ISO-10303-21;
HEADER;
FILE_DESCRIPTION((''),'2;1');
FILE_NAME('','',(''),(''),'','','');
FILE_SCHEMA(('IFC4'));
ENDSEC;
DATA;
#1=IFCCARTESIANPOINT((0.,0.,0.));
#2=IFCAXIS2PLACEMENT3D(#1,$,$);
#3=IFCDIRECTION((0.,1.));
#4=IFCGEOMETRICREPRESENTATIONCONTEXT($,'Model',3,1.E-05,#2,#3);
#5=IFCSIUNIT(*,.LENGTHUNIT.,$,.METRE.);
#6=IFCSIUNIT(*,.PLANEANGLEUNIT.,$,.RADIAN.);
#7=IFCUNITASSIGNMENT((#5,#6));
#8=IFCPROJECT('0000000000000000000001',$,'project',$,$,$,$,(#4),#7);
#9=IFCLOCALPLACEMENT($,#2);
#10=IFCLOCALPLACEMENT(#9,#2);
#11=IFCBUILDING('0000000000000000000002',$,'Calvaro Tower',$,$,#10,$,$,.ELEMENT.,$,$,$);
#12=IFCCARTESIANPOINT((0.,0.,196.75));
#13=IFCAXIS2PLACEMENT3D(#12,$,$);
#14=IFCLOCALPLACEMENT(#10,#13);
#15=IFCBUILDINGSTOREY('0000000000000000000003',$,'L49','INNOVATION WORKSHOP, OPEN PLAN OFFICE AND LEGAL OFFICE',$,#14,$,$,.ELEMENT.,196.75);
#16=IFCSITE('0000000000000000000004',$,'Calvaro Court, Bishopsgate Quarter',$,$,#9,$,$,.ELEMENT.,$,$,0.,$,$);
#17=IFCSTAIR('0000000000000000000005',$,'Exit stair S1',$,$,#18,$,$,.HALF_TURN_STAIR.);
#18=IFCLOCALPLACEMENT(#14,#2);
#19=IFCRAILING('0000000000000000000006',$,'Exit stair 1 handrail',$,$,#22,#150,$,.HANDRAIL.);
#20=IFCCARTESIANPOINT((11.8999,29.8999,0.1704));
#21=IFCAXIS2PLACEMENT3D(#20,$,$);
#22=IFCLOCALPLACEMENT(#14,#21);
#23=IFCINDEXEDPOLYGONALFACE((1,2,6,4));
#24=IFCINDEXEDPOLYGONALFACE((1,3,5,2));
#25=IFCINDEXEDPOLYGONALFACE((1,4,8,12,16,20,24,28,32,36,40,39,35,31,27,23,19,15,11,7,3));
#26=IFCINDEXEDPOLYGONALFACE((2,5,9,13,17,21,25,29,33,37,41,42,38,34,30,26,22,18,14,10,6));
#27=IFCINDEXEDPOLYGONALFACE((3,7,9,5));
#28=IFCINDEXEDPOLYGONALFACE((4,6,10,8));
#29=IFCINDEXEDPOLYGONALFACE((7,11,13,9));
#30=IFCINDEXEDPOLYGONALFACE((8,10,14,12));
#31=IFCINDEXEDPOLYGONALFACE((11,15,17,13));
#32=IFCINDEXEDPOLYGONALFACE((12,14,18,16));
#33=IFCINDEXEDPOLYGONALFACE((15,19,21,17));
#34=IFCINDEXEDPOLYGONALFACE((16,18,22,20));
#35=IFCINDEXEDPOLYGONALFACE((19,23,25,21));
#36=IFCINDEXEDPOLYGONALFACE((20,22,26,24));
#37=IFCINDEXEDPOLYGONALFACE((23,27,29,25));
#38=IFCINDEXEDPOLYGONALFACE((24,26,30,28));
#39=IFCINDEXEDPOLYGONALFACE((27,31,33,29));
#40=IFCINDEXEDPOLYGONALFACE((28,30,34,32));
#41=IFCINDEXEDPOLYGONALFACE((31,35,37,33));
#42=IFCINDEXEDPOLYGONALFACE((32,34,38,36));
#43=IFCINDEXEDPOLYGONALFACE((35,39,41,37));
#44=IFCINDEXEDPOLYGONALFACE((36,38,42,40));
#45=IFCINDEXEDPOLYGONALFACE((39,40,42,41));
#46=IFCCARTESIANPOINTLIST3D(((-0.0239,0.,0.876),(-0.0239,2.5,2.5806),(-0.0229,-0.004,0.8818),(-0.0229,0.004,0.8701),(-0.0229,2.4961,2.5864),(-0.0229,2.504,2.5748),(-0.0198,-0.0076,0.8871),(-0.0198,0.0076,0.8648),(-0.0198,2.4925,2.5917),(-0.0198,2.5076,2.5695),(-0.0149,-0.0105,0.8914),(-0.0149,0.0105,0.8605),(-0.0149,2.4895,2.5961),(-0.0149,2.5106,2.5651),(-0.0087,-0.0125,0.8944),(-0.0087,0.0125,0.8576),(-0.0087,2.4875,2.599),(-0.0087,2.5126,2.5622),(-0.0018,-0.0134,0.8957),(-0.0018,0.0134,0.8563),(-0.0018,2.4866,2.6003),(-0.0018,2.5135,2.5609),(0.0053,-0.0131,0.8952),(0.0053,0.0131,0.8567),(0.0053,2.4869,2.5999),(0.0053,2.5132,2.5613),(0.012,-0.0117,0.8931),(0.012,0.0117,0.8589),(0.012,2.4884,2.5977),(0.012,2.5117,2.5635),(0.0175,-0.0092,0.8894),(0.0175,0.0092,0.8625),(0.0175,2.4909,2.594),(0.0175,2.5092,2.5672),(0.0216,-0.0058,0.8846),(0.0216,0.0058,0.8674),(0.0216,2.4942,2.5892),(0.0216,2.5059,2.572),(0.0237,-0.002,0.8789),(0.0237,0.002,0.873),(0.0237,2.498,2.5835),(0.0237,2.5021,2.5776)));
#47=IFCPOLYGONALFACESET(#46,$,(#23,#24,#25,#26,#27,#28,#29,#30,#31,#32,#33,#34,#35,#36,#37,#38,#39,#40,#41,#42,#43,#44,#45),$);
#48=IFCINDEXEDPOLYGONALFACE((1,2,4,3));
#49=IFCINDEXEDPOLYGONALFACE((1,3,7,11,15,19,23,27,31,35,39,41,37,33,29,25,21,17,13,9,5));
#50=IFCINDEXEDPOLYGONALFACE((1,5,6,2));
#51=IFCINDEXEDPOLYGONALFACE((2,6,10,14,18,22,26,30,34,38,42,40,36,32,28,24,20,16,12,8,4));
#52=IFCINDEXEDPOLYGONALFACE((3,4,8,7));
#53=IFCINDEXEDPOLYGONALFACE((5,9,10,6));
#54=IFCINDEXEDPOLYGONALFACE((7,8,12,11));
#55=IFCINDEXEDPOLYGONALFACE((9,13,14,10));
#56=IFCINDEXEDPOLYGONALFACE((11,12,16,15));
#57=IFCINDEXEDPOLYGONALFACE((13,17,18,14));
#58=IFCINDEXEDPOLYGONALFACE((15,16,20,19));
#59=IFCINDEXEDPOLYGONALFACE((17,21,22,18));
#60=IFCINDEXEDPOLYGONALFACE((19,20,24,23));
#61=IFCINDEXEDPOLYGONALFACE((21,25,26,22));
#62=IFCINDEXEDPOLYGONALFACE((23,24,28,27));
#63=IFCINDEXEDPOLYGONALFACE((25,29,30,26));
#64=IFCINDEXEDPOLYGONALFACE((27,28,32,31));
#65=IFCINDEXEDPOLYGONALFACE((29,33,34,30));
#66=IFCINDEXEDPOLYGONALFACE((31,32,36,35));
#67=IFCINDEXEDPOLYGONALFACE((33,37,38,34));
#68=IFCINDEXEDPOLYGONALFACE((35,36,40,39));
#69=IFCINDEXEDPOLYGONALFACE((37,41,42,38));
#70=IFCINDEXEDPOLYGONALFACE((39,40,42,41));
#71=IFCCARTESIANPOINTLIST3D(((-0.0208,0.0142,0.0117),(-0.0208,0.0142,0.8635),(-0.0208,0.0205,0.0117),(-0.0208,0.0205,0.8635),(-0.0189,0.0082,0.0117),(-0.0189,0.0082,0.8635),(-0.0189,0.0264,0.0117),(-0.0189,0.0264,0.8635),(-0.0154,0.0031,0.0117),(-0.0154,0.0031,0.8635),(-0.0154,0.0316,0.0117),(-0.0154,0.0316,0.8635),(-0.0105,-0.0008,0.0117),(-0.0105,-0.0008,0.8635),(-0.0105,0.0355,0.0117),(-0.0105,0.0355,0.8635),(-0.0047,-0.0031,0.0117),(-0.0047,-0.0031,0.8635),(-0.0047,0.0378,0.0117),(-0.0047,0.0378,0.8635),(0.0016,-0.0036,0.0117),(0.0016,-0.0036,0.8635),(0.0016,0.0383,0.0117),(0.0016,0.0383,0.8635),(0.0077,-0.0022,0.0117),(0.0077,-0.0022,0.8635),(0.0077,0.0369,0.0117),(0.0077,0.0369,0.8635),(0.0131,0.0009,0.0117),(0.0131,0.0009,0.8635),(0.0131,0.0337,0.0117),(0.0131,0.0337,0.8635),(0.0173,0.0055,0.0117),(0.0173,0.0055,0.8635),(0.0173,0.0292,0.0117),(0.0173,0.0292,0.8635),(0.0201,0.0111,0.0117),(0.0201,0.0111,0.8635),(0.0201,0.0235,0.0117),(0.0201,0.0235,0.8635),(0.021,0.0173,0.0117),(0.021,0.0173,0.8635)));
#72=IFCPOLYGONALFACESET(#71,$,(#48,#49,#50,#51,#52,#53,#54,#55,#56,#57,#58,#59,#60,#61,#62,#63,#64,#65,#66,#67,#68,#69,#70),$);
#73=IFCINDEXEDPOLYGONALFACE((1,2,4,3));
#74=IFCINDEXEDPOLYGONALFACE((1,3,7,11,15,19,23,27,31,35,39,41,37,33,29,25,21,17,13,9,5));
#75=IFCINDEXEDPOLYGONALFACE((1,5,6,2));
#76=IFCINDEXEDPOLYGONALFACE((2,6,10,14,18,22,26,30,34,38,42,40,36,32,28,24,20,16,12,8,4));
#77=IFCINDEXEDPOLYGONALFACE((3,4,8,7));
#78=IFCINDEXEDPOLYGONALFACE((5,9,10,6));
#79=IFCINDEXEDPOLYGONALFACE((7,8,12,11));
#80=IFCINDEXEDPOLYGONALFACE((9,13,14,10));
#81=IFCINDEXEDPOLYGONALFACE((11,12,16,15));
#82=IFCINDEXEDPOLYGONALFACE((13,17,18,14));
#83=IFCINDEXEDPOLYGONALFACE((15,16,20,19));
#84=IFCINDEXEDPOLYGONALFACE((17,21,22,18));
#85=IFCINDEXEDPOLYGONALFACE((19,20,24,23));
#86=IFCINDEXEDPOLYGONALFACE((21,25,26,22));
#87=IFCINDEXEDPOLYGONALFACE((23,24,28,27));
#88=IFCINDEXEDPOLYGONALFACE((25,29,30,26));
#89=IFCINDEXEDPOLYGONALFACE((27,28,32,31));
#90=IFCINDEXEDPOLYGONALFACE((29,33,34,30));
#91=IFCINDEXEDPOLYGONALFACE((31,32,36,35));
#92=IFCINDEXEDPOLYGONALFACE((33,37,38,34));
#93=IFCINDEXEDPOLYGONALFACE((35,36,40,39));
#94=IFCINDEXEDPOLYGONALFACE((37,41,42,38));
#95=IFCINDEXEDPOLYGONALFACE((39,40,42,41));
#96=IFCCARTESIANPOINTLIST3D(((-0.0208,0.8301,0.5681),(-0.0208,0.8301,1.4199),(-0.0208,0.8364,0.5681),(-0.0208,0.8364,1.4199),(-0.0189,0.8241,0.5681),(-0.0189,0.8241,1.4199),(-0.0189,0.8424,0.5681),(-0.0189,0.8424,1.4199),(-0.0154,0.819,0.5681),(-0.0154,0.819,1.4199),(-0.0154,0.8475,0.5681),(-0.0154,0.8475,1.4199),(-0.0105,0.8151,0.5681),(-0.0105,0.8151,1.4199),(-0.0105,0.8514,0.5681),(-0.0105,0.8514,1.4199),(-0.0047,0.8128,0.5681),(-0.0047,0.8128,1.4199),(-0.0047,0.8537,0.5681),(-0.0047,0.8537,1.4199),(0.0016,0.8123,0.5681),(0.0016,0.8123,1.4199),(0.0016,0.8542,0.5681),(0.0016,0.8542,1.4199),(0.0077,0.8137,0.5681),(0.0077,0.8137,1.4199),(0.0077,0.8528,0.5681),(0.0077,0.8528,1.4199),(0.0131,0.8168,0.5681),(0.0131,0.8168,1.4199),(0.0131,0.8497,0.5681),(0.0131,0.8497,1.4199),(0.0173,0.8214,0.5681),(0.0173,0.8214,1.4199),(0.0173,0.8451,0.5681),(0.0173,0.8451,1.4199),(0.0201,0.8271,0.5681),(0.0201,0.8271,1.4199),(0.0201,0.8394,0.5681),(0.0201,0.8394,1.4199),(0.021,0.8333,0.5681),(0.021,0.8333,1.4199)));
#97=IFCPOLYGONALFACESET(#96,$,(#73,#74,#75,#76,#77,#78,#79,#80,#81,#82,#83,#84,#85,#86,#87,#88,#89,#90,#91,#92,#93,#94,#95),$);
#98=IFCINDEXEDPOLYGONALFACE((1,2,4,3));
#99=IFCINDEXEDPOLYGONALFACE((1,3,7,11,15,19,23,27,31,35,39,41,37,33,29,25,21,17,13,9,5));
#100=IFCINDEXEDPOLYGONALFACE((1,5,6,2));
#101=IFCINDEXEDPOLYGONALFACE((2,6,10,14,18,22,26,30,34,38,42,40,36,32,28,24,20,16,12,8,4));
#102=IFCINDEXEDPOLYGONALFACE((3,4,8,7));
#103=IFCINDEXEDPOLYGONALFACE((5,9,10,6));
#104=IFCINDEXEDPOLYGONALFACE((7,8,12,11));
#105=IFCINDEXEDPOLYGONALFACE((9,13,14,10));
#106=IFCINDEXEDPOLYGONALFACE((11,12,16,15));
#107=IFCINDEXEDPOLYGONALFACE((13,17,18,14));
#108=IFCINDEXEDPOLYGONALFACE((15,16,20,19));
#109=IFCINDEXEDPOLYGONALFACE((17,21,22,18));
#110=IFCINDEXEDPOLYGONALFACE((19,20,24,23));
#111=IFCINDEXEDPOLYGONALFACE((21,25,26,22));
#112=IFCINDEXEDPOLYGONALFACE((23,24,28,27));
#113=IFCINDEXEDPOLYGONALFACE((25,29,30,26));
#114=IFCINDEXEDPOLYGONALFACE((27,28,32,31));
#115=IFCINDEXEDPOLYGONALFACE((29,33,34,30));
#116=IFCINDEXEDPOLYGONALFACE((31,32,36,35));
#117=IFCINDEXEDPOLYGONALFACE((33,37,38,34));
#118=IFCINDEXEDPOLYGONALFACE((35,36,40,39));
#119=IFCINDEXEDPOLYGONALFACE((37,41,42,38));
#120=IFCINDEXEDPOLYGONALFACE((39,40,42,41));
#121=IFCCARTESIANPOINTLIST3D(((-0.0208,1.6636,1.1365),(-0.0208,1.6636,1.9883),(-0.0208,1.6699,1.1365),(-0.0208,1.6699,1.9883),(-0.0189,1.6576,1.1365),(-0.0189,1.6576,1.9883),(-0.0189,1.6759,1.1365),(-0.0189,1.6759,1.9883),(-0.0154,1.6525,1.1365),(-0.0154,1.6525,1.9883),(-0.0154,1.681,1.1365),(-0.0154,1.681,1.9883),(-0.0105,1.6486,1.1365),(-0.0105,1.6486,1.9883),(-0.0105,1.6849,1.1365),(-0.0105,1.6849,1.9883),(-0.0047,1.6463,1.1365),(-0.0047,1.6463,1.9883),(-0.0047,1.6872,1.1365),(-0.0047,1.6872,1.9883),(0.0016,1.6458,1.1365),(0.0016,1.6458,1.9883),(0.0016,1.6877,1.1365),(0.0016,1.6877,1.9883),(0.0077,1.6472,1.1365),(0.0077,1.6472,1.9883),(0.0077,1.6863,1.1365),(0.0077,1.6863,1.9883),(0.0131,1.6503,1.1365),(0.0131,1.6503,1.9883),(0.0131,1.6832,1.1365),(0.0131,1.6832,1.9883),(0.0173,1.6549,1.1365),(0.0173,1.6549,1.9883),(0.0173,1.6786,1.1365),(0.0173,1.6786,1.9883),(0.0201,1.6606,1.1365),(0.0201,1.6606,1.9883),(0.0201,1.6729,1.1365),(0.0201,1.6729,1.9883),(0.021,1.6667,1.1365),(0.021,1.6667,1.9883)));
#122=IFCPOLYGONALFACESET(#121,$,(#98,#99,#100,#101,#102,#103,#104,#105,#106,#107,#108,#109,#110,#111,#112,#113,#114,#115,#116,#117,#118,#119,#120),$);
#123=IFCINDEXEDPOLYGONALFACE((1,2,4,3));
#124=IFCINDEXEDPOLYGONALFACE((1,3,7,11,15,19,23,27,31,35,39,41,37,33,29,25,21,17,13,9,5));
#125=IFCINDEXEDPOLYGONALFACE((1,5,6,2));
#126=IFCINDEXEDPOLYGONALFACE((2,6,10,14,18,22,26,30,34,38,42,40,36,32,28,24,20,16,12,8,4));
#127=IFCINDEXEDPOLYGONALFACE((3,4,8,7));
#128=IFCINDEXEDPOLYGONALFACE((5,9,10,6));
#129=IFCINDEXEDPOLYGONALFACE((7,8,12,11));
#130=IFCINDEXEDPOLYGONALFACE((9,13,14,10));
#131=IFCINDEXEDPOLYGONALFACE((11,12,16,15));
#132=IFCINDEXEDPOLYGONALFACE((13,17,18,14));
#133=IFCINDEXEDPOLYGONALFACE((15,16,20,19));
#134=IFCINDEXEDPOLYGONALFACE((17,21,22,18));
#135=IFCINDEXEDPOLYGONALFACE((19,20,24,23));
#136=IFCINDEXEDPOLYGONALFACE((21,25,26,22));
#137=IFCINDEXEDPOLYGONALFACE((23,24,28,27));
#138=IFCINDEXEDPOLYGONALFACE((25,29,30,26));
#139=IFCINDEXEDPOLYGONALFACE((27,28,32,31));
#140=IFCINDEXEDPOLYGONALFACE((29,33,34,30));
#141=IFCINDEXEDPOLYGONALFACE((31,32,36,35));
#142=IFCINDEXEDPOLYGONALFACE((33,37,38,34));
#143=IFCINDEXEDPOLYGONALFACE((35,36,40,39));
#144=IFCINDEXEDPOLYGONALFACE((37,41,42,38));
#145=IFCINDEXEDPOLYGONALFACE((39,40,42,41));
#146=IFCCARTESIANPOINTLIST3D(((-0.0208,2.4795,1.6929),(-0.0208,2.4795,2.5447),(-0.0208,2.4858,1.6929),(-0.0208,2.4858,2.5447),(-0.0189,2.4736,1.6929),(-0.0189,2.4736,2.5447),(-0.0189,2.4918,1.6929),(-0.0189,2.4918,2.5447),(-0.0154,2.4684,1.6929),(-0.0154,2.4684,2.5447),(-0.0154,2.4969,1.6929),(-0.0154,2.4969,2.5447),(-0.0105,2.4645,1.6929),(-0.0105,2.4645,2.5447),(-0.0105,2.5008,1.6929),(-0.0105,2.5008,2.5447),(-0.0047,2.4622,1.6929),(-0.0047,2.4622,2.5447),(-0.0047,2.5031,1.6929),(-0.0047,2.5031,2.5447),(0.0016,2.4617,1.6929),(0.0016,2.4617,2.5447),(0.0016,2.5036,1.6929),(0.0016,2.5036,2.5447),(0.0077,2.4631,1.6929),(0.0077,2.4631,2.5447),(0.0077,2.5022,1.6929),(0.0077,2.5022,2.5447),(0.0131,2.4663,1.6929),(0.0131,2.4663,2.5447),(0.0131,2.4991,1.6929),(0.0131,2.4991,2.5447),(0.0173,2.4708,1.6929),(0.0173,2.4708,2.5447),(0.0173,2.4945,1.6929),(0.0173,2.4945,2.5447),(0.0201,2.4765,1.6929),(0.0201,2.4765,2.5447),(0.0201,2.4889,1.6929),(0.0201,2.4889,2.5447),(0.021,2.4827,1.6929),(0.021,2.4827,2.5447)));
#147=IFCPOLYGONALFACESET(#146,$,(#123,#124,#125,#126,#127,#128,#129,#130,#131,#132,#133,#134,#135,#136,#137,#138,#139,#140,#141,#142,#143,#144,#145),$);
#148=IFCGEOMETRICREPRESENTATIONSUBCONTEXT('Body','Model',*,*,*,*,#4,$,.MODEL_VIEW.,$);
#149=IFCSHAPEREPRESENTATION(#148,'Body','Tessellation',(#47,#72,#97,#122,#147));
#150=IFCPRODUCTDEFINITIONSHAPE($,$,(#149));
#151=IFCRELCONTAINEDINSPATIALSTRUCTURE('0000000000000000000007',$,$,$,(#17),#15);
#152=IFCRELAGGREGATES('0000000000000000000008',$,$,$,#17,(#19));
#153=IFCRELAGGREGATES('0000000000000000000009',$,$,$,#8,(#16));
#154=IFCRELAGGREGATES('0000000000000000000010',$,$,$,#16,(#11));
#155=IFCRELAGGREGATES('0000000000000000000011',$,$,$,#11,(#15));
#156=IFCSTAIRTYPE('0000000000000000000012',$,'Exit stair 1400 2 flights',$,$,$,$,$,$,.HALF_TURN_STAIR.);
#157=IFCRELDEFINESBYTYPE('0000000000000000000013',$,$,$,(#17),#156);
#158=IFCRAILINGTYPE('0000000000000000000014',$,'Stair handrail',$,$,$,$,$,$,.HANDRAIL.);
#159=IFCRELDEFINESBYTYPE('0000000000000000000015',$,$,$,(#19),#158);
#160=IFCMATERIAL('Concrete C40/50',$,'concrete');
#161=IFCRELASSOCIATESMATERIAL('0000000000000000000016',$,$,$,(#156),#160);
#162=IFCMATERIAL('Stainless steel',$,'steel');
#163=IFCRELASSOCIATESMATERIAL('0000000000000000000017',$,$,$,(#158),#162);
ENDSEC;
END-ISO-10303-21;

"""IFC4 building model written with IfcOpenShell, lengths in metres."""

from ifc_helpers import new_model, si_unit, direction, frame, origin, origin_2d, place, context, subcontext, project, spatial, circle, extrude, material, type_object, element, aggregate, save


model = new_model("IFC4")

# Units and contexts
model_context = context("Model", 3, precision=1e-05, world=origin(), true_north=direction((0.0, 1.0)))
body_context = subcontext(model_context, "Body", "Model", "MODEL_VIEW")
ifc_project = project(units=[si_unit("LENGTHUNIT", "METRE"), si_unit("PLANEANGLEUNIT", "RADIAN")], contexts=[model_context])

# Site, building, storey
site_placement = place(None, origin())
site = spatial("IfcSite", under=ifc_project, at=site_placement, Name="Calvaro Court, Bishopsgate Quarter", CompositionType="ELEMENT", RefElevation=0.0)
building_placement = place(site_placement, origin())
building = spatial("IfcBuilding", under=site, at=building_placement, Name="Calvaro Tower", CompositionType="ELEMENT")
storey_placement = place(building_placement, frame((0.0, 0.0, 196.75)))
storey = spatial("IfcBuildingStorey", under=building, at=storey_placement, Name="L49", Description="INNOVATION WORKSHOP, OPEN PLAN OFFICE AND LEGAL OFFICE", CompositionType="ELEMENT", Elevation=196.75)

# Stair, railing
ifc_material_1 = material(Name="Concrete C40/50", Category="concrete")
stair_type = type_object("IfcStairType", Name="Exit stair 1400 2 flights", PredefinedType="HALF_TURN_STAIR", material=ifc_material_1)
stair_placement = place(storey_placement, origin())
stair = element("IfcStair", 1, at=stair_placement, inside=storey, type_object=stair_type, Name="Exit stair S1", PredefinedType="HALF_TURN_STAIR")
ifc_material_2 = material(Name="Stainless steel", Category="steel")
railing_type = type_object("IfcRailingType", Name="Stair handrail", PredefinedType="HANDRAIL", material=ifc_material_2)
railing_1_placement = place(storey_placement, frame((11.8999, 29.8999, 0.1704)))
railing_1 = element("IfcRailing", 2, at=railing_1_placement, type_object=railing_type, Name="Exit stair 1 handrail", PredefinedType="HANDRAIL", context=body_context, shape_type="SweptSolid", body=[
    extrude(circle(Radius=0.0239, at=origin_2d()), frame((0.0, 0.0, 0.876), z_axis=(0.0, 0.826221, 0.563347), x_axis=(-1.0, 0.0, 0.0)), (0.0, 0.0, 1.0), 3.0259),
    extrude(circle(Radius=0.021, at=origin_2d()), frame((0.0, 0.0173, 0.0117)), (0.0, 0.0, 1.0), 0.8518),
    extrude(circle(Radius=0.021, at=origin_2d()), frame((0.0, 0.8333, 0.5681)), (0.0, 0.0, 1.0), 0.8518),
    extrude(circle(Radius=0.021, at=origin_2d()), frame((0.0, 1.6667, 1.1365)), (0.0, 0.0, 1.0), 0.8518),
    extrude(circle(Radius=0.021, at=origin_2d()), frame((0.0, 2.4827, 1.6929)), (0.0, 0.0, 1.0), 0.8518),
])
aggregate(stair, [railing_1])

save(model, "model.ifc")
